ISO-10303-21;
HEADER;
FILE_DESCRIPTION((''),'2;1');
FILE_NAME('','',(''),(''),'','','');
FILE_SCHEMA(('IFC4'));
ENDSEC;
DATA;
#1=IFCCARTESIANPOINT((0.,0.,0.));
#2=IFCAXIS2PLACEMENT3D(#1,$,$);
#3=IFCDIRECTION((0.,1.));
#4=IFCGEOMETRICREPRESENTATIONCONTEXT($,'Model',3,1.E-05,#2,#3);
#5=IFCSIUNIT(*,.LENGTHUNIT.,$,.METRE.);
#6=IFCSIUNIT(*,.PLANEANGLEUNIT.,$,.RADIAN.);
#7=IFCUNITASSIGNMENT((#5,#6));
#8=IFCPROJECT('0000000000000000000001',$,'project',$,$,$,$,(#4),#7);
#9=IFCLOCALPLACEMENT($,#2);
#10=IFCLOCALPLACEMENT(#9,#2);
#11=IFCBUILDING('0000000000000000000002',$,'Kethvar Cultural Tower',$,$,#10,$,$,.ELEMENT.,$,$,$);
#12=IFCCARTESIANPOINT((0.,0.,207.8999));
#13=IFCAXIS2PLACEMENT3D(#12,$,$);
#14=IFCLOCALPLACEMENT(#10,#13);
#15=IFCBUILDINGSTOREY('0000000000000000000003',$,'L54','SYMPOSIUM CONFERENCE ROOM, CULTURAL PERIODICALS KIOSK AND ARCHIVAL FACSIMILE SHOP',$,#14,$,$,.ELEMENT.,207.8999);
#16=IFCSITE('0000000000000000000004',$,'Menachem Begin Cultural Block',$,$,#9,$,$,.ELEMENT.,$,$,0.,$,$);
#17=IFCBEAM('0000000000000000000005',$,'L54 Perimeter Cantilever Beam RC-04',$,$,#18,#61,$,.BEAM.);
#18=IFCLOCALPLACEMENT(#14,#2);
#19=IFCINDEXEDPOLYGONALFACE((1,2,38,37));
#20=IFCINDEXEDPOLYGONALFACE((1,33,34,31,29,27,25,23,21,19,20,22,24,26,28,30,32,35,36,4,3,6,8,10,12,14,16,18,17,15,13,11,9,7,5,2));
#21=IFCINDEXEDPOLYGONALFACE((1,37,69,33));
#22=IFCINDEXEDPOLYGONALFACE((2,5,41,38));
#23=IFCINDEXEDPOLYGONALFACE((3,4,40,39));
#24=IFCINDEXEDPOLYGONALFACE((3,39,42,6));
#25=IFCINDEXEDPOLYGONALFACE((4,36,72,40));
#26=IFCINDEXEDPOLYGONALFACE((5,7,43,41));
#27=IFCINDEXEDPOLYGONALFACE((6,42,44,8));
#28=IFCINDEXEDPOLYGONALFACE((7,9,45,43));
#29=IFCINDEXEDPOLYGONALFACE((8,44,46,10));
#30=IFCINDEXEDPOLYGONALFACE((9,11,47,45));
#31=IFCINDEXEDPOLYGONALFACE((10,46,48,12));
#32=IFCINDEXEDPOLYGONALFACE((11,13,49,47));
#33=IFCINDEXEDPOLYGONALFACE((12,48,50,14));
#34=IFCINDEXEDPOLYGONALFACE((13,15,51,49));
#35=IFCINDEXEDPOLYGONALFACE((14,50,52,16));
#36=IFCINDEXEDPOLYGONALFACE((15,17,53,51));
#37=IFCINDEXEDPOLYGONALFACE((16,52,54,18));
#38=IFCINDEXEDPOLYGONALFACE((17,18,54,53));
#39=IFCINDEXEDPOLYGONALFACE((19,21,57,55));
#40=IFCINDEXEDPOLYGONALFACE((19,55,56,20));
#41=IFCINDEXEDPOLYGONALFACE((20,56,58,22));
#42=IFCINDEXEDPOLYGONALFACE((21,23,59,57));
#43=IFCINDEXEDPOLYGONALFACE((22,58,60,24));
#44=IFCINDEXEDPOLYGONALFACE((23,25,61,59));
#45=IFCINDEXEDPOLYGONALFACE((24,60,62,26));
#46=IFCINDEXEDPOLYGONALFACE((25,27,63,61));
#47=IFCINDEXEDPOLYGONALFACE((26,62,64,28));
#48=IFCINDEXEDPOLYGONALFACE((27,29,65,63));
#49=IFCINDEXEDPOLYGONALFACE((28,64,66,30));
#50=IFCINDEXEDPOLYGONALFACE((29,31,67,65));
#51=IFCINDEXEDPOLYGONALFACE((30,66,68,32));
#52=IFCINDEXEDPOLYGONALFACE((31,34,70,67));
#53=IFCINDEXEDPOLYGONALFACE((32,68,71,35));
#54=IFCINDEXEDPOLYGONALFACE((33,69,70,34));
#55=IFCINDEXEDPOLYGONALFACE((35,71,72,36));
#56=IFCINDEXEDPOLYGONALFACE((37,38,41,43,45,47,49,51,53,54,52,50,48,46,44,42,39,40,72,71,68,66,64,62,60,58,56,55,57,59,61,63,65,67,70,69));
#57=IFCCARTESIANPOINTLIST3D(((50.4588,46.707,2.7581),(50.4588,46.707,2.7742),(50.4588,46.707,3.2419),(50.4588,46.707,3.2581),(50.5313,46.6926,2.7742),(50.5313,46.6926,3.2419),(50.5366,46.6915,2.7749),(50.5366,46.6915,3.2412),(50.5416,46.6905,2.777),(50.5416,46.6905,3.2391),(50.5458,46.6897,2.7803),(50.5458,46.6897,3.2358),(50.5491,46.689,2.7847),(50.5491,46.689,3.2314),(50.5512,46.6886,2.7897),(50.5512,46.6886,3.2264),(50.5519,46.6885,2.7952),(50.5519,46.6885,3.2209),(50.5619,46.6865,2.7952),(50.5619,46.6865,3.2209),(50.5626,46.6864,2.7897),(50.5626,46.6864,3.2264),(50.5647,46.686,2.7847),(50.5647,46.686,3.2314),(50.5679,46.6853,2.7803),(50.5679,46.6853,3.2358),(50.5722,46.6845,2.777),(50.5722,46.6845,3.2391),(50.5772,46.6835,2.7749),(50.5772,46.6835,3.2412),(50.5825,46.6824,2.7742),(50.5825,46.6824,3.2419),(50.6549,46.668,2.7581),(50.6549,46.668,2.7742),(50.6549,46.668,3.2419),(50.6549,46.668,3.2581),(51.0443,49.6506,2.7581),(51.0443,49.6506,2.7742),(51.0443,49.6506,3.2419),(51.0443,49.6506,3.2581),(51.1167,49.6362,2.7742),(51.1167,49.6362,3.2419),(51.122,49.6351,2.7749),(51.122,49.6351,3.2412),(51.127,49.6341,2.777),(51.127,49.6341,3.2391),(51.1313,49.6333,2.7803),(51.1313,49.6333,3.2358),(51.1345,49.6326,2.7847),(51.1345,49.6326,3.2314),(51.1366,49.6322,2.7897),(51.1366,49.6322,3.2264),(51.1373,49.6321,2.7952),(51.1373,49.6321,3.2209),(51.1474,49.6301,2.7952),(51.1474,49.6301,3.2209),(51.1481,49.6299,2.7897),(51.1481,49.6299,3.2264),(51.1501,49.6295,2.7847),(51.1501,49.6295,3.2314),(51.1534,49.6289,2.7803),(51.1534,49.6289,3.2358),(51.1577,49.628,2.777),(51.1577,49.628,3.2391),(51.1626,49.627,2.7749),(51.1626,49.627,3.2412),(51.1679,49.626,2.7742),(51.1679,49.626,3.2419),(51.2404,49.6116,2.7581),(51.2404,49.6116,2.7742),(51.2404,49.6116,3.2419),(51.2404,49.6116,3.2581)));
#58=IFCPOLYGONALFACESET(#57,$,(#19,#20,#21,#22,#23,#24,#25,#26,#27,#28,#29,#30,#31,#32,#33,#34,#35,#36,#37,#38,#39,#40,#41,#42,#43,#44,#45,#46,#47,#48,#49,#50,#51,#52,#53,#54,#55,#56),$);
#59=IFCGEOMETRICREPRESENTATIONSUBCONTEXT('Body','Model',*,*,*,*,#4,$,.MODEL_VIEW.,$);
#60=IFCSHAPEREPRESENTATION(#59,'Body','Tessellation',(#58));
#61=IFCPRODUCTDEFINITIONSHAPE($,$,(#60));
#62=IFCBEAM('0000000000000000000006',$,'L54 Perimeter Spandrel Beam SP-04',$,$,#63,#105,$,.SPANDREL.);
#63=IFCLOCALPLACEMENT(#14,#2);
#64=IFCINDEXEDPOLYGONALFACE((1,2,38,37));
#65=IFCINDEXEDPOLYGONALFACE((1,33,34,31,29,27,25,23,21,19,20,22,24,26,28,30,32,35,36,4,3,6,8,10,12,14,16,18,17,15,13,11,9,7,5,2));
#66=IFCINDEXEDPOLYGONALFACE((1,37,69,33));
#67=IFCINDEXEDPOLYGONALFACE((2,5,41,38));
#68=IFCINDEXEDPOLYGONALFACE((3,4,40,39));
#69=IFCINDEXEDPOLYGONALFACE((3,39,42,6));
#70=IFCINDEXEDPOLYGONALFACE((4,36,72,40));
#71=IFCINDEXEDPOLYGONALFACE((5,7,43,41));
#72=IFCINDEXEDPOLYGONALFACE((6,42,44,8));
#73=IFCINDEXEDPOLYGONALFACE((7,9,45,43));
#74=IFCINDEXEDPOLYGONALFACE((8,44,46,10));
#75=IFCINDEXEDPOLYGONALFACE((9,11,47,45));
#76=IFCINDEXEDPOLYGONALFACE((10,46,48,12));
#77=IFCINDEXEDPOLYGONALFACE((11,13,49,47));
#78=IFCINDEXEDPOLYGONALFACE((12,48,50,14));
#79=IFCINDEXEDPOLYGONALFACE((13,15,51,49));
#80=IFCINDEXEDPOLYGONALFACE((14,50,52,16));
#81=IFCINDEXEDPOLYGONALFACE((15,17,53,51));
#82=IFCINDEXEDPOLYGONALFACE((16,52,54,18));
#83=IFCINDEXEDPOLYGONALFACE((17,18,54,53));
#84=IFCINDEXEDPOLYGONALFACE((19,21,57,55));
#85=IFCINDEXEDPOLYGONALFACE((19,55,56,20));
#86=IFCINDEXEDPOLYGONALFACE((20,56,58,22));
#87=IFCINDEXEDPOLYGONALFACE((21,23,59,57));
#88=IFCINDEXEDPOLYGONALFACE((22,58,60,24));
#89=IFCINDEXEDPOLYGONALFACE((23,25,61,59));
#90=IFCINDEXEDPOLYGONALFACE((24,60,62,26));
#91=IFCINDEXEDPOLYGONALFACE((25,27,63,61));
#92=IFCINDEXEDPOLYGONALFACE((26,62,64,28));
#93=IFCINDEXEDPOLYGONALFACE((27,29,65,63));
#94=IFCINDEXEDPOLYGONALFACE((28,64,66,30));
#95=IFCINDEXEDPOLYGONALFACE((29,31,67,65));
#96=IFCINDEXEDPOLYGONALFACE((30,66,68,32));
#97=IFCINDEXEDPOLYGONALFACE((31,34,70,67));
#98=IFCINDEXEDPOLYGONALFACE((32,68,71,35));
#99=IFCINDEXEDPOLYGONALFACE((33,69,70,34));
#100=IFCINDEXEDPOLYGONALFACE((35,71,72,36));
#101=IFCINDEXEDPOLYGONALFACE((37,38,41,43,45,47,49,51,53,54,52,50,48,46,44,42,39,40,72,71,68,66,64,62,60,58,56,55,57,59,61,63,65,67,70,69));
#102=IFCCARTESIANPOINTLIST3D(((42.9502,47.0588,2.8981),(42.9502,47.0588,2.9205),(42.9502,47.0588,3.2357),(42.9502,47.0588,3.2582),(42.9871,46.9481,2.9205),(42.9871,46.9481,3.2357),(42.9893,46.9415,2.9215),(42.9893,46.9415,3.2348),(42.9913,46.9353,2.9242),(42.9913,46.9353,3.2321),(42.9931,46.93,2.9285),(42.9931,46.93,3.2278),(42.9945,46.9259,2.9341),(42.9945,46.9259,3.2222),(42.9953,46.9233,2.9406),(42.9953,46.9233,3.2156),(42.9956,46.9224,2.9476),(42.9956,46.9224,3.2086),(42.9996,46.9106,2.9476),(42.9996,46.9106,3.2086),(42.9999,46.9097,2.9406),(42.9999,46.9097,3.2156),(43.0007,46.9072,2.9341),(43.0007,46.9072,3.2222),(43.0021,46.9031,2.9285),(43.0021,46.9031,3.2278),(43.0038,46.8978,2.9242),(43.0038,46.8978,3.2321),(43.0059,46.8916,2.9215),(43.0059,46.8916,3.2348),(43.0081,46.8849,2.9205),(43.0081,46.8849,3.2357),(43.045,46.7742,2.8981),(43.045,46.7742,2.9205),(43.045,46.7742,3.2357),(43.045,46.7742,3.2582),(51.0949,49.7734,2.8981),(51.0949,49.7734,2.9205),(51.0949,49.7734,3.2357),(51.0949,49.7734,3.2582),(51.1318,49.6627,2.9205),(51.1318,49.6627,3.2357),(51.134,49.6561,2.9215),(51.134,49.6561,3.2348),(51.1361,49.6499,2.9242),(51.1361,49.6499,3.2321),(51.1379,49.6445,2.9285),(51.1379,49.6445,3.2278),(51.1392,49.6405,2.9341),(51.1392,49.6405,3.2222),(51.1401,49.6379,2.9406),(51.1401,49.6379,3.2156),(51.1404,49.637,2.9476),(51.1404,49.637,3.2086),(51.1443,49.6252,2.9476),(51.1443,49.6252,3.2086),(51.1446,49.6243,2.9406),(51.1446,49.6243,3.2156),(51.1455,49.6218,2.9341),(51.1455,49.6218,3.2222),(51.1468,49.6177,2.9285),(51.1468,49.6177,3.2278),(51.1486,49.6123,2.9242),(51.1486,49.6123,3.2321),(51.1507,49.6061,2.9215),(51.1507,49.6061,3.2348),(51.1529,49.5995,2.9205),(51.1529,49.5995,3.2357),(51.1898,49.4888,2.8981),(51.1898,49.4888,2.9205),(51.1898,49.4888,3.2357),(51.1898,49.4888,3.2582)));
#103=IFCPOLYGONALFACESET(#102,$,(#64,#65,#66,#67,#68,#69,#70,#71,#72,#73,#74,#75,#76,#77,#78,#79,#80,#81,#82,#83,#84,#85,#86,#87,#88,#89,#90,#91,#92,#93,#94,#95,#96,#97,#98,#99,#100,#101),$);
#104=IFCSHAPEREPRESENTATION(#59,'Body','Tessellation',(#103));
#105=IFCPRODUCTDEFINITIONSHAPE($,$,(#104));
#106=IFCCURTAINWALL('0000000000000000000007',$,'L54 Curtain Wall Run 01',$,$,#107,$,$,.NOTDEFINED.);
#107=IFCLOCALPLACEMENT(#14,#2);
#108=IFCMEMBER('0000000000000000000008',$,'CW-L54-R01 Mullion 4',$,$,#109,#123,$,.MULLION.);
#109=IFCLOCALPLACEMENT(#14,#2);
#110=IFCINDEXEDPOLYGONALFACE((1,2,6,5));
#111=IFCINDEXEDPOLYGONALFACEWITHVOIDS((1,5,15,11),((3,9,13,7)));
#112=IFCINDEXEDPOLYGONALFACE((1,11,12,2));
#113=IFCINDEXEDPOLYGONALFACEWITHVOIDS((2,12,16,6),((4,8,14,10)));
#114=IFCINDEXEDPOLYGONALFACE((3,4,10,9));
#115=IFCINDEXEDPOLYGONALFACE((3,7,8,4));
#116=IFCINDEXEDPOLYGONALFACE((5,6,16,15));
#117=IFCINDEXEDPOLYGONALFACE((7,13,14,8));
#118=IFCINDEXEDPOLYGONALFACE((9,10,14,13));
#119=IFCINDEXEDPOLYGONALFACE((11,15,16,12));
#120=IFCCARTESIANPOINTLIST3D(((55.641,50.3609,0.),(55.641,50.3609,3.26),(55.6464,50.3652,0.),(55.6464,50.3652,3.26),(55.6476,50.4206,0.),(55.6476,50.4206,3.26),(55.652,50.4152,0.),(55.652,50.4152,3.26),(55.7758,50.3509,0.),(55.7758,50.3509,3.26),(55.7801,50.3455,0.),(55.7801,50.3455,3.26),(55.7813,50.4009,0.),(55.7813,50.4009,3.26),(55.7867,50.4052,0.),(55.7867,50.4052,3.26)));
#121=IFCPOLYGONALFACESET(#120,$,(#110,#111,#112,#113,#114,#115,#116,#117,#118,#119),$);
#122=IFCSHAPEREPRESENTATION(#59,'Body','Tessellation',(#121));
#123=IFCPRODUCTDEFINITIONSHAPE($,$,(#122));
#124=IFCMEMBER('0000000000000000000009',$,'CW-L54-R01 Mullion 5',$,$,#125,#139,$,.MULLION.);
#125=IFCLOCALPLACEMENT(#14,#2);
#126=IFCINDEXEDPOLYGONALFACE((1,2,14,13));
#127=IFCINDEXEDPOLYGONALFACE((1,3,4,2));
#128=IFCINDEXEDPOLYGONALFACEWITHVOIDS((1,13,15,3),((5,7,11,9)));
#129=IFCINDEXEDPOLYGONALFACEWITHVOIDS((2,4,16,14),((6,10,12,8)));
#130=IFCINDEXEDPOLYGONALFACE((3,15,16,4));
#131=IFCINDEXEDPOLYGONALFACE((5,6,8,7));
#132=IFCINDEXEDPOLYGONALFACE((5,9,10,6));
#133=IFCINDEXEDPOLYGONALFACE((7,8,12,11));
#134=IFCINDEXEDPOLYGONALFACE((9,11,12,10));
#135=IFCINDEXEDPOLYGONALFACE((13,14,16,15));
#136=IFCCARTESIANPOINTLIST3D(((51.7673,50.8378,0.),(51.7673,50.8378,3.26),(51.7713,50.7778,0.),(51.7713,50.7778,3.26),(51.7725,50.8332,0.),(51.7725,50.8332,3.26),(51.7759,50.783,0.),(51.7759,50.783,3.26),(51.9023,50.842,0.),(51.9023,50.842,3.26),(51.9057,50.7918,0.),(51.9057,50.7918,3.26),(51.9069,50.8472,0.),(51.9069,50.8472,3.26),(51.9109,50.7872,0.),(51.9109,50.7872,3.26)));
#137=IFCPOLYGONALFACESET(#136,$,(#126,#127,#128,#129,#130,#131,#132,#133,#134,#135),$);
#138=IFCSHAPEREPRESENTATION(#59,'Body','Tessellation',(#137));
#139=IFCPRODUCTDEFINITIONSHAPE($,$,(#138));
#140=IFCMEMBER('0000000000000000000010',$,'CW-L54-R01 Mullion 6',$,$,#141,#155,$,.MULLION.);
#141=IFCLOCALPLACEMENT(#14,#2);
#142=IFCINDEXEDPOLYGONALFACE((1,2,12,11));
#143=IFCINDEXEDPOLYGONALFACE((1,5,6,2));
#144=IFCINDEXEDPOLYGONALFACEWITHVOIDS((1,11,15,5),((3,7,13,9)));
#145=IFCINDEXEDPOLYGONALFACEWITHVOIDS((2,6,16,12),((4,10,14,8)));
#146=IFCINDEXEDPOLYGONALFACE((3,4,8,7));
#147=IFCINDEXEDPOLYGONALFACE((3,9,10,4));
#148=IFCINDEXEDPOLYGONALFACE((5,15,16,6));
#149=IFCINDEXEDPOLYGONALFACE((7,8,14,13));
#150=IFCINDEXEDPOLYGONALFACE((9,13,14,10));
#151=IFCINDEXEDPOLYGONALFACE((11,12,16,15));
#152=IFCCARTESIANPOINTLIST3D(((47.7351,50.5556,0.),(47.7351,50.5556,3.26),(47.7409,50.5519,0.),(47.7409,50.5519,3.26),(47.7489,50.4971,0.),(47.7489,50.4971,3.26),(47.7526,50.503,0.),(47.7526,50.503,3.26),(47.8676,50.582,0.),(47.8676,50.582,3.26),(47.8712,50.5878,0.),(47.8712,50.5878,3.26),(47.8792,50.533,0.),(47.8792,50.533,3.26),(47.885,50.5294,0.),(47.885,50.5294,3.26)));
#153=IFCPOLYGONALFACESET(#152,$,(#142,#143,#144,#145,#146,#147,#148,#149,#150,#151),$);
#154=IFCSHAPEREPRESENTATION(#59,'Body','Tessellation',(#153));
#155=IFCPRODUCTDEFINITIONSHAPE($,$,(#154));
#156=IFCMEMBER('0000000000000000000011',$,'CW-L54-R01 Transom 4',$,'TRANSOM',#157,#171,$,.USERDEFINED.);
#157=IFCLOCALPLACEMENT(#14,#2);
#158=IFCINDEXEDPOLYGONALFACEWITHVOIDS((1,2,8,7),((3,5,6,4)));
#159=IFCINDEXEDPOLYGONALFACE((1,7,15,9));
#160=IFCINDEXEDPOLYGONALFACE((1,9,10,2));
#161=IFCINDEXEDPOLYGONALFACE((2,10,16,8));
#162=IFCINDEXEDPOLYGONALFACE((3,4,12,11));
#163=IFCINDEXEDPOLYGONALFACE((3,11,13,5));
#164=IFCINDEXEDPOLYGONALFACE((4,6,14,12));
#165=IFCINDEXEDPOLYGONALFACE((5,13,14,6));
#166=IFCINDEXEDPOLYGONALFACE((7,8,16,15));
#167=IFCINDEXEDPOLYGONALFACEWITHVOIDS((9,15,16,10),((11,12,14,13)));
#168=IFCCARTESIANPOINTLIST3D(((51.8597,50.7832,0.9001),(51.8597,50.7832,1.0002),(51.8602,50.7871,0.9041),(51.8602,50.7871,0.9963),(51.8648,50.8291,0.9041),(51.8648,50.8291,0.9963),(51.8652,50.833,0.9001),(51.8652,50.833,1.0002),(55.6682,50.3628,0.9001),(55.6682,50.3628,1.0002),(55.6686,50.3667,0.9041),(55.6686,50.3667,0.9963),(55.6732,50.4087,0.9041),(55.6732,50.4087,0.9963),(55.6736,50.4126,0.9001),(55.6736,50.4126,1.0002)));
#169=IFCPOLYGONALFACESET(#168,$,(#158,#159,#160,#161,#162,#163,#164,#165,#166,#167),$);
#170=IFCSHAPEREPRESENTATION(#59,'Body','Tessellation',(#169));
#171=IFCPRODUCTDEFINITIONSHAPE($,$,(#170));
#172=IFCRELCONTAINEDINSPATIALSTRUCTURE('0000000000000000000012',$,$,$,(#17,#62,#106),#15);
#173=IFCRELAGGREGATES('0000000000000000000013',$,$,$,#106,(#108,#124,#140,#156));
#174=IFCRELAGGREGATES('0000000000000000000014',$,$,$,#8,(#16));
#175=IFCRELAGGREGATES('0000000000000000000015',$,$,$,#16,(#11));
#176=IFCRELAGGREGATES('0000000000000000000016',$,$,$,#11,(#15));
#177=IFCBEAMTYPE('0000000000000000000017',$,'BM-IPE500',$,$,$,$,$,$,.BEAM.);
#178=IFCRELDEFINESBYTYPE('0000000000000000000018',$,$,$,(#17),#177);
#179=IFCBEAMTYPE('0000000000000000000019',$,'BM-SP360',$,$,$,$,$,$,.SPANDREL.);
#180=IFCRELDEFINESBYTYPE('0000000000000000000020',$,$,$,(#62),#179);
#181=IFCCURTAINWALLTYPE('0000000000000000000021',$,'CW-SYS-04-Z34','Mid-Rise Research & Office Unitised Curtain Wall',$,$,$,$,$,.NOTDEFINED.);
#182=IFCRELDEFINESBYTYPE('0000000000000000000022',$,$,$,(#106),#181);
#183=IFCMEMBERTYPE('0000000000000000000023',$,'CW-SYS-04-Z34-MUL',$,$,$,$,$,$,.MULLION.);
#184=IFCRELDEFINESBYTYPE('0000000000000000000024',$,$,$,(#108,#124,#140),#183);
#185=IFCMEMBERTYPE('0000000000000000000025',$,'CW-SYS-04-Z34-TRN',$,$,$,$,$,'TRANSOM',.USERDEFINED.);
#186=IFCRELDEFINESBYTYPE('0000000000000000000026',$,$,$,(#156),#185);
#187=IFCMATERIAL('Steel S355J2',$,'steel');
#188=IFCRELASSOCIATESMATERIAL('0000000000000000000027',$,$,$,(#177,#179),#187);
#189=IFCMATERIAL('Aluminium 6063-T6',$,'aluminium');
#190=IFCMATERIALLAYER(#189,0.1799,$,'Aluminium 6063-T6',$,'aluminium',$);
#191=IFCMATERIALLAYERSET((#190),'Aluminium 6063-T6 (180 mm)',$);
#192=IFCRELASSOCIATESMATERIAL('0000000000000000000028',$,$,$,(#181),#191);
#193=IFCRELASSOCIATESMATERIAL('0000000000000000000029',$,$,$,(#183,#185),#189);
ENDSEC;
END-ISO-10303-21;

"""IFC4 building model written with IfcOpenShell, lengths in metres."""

from ifc_helpers import new_model, si_unit, direction, frame, origin, origin_2d, place, context, subcontext, project, spatial, hollow_rectangle, i_section, extrude, source, transform, mapped, material, layer, layer_set, material_profile, profile_set, type_object, element, aggregate, save


model = new_model("IFC4")

# Units and contexts
model_context = context("Model", 3, precision=1e-05, world=origin(), true_north=direction((0.0, 1.0)))
body_context = subcontext(model_context, "Body", "Model", "MODEL_VIEW")
ifc_project = project(units=[si_unit("LENGTHUNIT", "METRE"), si_unit("PLANEANGLEUNIT", "RADIAN")], contexts=[model_context])

# Site, building, storey
site_placement = place(None, origin())
site = spatial("IfcSite", under=ifc_project, at=site_placement, Name="Menachem Begin Cultural Block", CompositionType="ELEMENT", RefElevation=0.0)
building_placement = place(site_placement, origin())
building = spatial("IfcBuilding", under=site, at=building_placement, Name="Kethvar Cultural Tower", CompositionType="ELEMENT")
storey_placement = place(building_placement, frame((0.0, 0.0, 207.8999)))
storey = spatial("IfcBuildingStorey", under=building, at=storey_placement, Name="L54", Description="SYMPOSIUM CONFERENCE ROOM, CULTURAL PERIODICALS KIOSK AND ARCHIVAL FACSIMILE SHOP", CompositionType="ELEMENT", Elevation=207.8999)

# Beams
ifc_material_1 = material(Name="Steel S355J2", Category="steel")
ifc_material_profile_1 = material_profile(ifc_material_1, i_section(OverallWidth=0.2, OverallDepth=0.5, WebThickness=0.0103, FlangeThickness=0.0161, FilletRadius=0.021, at=origin_2d()), Name="Steel S355J2 — IPE500")
ifc_profile_set_1 = profile_set([ifc_material_profile_1], Name="Steel S355J2 — IPE500")
beam_type_1 = type_object("IfcBeamType", Name="BM-IPE500", PredefinedType="BEAM", material=ifc_profile_set_1)
shared_shape_1 = source(origin(), body_context, "Body", "SweptSolid", [
    extrude(i_section(OverallWidth=0.2, OverallDepth=0.5, WebThickness=0.0103, FlangeThickness=0.0161, FilletRadius=0.021, at=origin_2d()), origin(), (0.0, 0.0, 1.0), 3.0012),
])
beam_1_placement = place(storey_placement, frame((50.5569, 46.6875, 3.0081), z_axis=(0.195068, 0.98079, 0.0), x_axis=(-0.98079, 0.195068, 0.0)))
element("IfcBeam", 1, at=beam_1_placement, inside=storey, type_object=beam_type_1, Name="L54 Perimeter Cantilever Beam RC-04", PredefinedType="BEAM", context=body_context, shape_type="MappedRepresentation", body=[
    mapped(shared_shape_1, transform((0.0, 0.0, 0.0), scale=1.0)),
])
ifc_material_profile_2 = material_profile(ifc_material_1, i_section(OverallWidth=0.3, OverallDepth=0.3601, WebThickness=0.0125, FlangeThickness=0.0225, FilletRadius=0.0271, at=origin_2d()), Name="Steel S355J2 — HEB360")
ifc_profile_set_2 = profile_set([ifc_material_profile_2], Name="Steel S355J2 — HEB360")
beam_type_2 = type_object("IfcBeamType", Name="BM-SP360", PredefinedType="SPANDREL", material=ifc_profile_set_2)
shared_shape_2 = source(origin(), body_context, "Body", "SweptSolid", [
    extrude(i_section(OverallWidth=0.3, OverallDepth=0.3601, WebThickness=0.0125, FlangeThickness=0.0225, FilletRadius=0.0271, at=origin_2d()), origin(), (0.0, 0.0, 1.0), 8.5852),
])
beam_2_placement = place(storey_placement, frame((51.1423, 49.6311, 3.0781), z_axis=(-0.948695, -0.316194, 0.0), x_axis=(0.316194, -0.948695, 0.0)))
element("IfcBeam", 2, at=beam_2_placement, inside=storey, type_object=beam_type_2, Name="L54 Perimeter Spandrel Beam SP-04", PredefinedType="SPANDREL", context=body_context, shape_type="MappedRepresentation", body=[
    mapped(shared_shape_2, transform((0.0, 0.0, 0.0), scale=1.0)),
])

# Curtain wall, members
ifc_material_2 = material(Name="Aluminium 6063-T6", Category="aluminium")
ifc_layer_1 = layer(ifc_material_2, 0.1799, Name="Aluminium 6063-T6", Category="aluminium")
ifc_layer_set_1 = layer_set([ifc_layer_1], Name="Aluminium 6063-T6 (180 mm)")
curtain_wall_type = type_object("IfcCurtainWallType", Name="CW-SYS-04-Z34", Description="Mid-Rise Research & Office Unitised Curtain Wall", PredefinedType="NOTDEFINED", material=ifc_layer_set_1)
curtain_wall_placement = place(storey_placement, origin())
curtain_wall = element("IfcCurtainWall", 3, at=curtain_wall_placement, inside=storey, type_object=curtain_wall_type, Name="L54 Curtain Wall Run 01", PredefinedType="NOTDEFINED")
ifc_material_profile_3 = material_profile(ifc_material_2, hollow_rectangle(XDim=0.0601, YDim=0.1399, WallThickness=0.0049, at=origin_2d()), Name="Aluminium 6063-T6 — RHS140x60x5")
ifc_profile_set_3 = profile_set([ifc_material_profile_3], Name="Aluminium 6063-T6 — RHS140x60x5")
member_type_1 = type_object("IfcMemberType", Name="CW-SYS-04-Z34-MUL", PredefinedType="MULLION", material=ifc_profile_set_3)
shared_shape_3 = source(origin(), body_context, "Body", "SweptSolid", [
    extrude(hollow_rectangle(XDim=0.0601, YDim=0.1399, WallThickness=0.0049, at=origin_2d()), origin(), (0.0, 0.0, 1.0), 3.26),
])
member_1_placement = place(storey_placement, frame((55.7139, 50.3831, 0.0), z_axis=(0.0, 0.0, 1.0), x_axis=(-0.1097, -0.993965, 0.0)))
member_1 = element("IfcMember", 4, at=member_1_placement, type_object=member_type_1, Name="CW-L54-R01 Mullion 4", PredefinedType="MULLION", context=body_context, shape_type="MappedRepresentation", body=[
    mapped(shared_shape_3, transform((0.0, 0.0, 0.0), scale=1.0)),
])
member_2_placement = place(storey_placement, frame((51.8391, 50.8125, 0.0), z_axis=(0.0, 0.0, 1.0), x_axis=(0.067249, -0.997736, 0.0)))
member_2 = element("IfcMember", 5, at=member_2_placement, type_object=member_type_1, Name="CW-L54-R01 Mullion 5", PredefinedType="MULLION", context=body_context, shape_type="MappedRepresentation", body=[
    mapped(shared_shape_3, transform((0.0, 0.0, 0.0), scale=1.0)),
])
member_3_placement = place(storey_placement, frame((47.8101, 50.5425, 0.0), z_axis=(0.0, 0.0, 1.0), x_axis=(0.23078, -0.973006, 0.0)))
member_3 = element("IfcMember", 6, at=member_3_placement, type_object=member_type_1, Name="CW-L54-R01 Mullion 6", PredefinedType="MULLION", context=body_context, shape_type="MappedRepresentation", body=[
    mapped(shared_shape_3, transform((0.0, 0.0, 0.0), scale=1.0)),
])
ifc_material_profile_4 = material_profile(ifc_material_2, hollow_rectangle(XDim=0.05, YDim=0.1001, WallThickness=0.0039, at=origin_2d()), Name="Aluminium 6063-T6 — RHS100x50x4")
ifc_profile_set_4 = profile_set([ifc_material_profile_4], Name="Aluminium 6063-T6 — RHS100x50x4")
member_type_2 = type_object("IfcMemberType", Name="CW-SYS-04-Z34-TRN", ElementType="TRANSOM", PredefinedType="USERDEFINED", material=ifc_profile_set_4)
shared_shape_4 = source(origin(), body_context, "Body", "SweptSolid", [
    extrude(hollow_rectangle(XDim=0.05, YDim=0.1001, WallThickness=0.0039, at=origin_2d()), origin(), (0.0, 0.0, 1.0), 3.8315),
])
member_4_placement = place(storey_placement, frame((55.6709, 50.3877, 0.9502), z_axis=(-0.993962, 0.109725, 0.0), x_axis=(-0.109725, -0.993962, 0.0)))
member_4 = element("IfcMember", 7, at=member_4_placement, type_object=member_type_2, Name="CW-L54-R01 Transom 4", ObjectType="TRANSOM", PredefinedType="USERDEFINED", context=body_context, shape_type="MappedRepresentation", body=[
    mapped(shared_shape_4, transform((0.0, 0.0, 0.0), scale=1.0)),
])
aggregate(curtain_wall, [member_1, member_2, member_3, member_4])

save(model, "model.ifc")
